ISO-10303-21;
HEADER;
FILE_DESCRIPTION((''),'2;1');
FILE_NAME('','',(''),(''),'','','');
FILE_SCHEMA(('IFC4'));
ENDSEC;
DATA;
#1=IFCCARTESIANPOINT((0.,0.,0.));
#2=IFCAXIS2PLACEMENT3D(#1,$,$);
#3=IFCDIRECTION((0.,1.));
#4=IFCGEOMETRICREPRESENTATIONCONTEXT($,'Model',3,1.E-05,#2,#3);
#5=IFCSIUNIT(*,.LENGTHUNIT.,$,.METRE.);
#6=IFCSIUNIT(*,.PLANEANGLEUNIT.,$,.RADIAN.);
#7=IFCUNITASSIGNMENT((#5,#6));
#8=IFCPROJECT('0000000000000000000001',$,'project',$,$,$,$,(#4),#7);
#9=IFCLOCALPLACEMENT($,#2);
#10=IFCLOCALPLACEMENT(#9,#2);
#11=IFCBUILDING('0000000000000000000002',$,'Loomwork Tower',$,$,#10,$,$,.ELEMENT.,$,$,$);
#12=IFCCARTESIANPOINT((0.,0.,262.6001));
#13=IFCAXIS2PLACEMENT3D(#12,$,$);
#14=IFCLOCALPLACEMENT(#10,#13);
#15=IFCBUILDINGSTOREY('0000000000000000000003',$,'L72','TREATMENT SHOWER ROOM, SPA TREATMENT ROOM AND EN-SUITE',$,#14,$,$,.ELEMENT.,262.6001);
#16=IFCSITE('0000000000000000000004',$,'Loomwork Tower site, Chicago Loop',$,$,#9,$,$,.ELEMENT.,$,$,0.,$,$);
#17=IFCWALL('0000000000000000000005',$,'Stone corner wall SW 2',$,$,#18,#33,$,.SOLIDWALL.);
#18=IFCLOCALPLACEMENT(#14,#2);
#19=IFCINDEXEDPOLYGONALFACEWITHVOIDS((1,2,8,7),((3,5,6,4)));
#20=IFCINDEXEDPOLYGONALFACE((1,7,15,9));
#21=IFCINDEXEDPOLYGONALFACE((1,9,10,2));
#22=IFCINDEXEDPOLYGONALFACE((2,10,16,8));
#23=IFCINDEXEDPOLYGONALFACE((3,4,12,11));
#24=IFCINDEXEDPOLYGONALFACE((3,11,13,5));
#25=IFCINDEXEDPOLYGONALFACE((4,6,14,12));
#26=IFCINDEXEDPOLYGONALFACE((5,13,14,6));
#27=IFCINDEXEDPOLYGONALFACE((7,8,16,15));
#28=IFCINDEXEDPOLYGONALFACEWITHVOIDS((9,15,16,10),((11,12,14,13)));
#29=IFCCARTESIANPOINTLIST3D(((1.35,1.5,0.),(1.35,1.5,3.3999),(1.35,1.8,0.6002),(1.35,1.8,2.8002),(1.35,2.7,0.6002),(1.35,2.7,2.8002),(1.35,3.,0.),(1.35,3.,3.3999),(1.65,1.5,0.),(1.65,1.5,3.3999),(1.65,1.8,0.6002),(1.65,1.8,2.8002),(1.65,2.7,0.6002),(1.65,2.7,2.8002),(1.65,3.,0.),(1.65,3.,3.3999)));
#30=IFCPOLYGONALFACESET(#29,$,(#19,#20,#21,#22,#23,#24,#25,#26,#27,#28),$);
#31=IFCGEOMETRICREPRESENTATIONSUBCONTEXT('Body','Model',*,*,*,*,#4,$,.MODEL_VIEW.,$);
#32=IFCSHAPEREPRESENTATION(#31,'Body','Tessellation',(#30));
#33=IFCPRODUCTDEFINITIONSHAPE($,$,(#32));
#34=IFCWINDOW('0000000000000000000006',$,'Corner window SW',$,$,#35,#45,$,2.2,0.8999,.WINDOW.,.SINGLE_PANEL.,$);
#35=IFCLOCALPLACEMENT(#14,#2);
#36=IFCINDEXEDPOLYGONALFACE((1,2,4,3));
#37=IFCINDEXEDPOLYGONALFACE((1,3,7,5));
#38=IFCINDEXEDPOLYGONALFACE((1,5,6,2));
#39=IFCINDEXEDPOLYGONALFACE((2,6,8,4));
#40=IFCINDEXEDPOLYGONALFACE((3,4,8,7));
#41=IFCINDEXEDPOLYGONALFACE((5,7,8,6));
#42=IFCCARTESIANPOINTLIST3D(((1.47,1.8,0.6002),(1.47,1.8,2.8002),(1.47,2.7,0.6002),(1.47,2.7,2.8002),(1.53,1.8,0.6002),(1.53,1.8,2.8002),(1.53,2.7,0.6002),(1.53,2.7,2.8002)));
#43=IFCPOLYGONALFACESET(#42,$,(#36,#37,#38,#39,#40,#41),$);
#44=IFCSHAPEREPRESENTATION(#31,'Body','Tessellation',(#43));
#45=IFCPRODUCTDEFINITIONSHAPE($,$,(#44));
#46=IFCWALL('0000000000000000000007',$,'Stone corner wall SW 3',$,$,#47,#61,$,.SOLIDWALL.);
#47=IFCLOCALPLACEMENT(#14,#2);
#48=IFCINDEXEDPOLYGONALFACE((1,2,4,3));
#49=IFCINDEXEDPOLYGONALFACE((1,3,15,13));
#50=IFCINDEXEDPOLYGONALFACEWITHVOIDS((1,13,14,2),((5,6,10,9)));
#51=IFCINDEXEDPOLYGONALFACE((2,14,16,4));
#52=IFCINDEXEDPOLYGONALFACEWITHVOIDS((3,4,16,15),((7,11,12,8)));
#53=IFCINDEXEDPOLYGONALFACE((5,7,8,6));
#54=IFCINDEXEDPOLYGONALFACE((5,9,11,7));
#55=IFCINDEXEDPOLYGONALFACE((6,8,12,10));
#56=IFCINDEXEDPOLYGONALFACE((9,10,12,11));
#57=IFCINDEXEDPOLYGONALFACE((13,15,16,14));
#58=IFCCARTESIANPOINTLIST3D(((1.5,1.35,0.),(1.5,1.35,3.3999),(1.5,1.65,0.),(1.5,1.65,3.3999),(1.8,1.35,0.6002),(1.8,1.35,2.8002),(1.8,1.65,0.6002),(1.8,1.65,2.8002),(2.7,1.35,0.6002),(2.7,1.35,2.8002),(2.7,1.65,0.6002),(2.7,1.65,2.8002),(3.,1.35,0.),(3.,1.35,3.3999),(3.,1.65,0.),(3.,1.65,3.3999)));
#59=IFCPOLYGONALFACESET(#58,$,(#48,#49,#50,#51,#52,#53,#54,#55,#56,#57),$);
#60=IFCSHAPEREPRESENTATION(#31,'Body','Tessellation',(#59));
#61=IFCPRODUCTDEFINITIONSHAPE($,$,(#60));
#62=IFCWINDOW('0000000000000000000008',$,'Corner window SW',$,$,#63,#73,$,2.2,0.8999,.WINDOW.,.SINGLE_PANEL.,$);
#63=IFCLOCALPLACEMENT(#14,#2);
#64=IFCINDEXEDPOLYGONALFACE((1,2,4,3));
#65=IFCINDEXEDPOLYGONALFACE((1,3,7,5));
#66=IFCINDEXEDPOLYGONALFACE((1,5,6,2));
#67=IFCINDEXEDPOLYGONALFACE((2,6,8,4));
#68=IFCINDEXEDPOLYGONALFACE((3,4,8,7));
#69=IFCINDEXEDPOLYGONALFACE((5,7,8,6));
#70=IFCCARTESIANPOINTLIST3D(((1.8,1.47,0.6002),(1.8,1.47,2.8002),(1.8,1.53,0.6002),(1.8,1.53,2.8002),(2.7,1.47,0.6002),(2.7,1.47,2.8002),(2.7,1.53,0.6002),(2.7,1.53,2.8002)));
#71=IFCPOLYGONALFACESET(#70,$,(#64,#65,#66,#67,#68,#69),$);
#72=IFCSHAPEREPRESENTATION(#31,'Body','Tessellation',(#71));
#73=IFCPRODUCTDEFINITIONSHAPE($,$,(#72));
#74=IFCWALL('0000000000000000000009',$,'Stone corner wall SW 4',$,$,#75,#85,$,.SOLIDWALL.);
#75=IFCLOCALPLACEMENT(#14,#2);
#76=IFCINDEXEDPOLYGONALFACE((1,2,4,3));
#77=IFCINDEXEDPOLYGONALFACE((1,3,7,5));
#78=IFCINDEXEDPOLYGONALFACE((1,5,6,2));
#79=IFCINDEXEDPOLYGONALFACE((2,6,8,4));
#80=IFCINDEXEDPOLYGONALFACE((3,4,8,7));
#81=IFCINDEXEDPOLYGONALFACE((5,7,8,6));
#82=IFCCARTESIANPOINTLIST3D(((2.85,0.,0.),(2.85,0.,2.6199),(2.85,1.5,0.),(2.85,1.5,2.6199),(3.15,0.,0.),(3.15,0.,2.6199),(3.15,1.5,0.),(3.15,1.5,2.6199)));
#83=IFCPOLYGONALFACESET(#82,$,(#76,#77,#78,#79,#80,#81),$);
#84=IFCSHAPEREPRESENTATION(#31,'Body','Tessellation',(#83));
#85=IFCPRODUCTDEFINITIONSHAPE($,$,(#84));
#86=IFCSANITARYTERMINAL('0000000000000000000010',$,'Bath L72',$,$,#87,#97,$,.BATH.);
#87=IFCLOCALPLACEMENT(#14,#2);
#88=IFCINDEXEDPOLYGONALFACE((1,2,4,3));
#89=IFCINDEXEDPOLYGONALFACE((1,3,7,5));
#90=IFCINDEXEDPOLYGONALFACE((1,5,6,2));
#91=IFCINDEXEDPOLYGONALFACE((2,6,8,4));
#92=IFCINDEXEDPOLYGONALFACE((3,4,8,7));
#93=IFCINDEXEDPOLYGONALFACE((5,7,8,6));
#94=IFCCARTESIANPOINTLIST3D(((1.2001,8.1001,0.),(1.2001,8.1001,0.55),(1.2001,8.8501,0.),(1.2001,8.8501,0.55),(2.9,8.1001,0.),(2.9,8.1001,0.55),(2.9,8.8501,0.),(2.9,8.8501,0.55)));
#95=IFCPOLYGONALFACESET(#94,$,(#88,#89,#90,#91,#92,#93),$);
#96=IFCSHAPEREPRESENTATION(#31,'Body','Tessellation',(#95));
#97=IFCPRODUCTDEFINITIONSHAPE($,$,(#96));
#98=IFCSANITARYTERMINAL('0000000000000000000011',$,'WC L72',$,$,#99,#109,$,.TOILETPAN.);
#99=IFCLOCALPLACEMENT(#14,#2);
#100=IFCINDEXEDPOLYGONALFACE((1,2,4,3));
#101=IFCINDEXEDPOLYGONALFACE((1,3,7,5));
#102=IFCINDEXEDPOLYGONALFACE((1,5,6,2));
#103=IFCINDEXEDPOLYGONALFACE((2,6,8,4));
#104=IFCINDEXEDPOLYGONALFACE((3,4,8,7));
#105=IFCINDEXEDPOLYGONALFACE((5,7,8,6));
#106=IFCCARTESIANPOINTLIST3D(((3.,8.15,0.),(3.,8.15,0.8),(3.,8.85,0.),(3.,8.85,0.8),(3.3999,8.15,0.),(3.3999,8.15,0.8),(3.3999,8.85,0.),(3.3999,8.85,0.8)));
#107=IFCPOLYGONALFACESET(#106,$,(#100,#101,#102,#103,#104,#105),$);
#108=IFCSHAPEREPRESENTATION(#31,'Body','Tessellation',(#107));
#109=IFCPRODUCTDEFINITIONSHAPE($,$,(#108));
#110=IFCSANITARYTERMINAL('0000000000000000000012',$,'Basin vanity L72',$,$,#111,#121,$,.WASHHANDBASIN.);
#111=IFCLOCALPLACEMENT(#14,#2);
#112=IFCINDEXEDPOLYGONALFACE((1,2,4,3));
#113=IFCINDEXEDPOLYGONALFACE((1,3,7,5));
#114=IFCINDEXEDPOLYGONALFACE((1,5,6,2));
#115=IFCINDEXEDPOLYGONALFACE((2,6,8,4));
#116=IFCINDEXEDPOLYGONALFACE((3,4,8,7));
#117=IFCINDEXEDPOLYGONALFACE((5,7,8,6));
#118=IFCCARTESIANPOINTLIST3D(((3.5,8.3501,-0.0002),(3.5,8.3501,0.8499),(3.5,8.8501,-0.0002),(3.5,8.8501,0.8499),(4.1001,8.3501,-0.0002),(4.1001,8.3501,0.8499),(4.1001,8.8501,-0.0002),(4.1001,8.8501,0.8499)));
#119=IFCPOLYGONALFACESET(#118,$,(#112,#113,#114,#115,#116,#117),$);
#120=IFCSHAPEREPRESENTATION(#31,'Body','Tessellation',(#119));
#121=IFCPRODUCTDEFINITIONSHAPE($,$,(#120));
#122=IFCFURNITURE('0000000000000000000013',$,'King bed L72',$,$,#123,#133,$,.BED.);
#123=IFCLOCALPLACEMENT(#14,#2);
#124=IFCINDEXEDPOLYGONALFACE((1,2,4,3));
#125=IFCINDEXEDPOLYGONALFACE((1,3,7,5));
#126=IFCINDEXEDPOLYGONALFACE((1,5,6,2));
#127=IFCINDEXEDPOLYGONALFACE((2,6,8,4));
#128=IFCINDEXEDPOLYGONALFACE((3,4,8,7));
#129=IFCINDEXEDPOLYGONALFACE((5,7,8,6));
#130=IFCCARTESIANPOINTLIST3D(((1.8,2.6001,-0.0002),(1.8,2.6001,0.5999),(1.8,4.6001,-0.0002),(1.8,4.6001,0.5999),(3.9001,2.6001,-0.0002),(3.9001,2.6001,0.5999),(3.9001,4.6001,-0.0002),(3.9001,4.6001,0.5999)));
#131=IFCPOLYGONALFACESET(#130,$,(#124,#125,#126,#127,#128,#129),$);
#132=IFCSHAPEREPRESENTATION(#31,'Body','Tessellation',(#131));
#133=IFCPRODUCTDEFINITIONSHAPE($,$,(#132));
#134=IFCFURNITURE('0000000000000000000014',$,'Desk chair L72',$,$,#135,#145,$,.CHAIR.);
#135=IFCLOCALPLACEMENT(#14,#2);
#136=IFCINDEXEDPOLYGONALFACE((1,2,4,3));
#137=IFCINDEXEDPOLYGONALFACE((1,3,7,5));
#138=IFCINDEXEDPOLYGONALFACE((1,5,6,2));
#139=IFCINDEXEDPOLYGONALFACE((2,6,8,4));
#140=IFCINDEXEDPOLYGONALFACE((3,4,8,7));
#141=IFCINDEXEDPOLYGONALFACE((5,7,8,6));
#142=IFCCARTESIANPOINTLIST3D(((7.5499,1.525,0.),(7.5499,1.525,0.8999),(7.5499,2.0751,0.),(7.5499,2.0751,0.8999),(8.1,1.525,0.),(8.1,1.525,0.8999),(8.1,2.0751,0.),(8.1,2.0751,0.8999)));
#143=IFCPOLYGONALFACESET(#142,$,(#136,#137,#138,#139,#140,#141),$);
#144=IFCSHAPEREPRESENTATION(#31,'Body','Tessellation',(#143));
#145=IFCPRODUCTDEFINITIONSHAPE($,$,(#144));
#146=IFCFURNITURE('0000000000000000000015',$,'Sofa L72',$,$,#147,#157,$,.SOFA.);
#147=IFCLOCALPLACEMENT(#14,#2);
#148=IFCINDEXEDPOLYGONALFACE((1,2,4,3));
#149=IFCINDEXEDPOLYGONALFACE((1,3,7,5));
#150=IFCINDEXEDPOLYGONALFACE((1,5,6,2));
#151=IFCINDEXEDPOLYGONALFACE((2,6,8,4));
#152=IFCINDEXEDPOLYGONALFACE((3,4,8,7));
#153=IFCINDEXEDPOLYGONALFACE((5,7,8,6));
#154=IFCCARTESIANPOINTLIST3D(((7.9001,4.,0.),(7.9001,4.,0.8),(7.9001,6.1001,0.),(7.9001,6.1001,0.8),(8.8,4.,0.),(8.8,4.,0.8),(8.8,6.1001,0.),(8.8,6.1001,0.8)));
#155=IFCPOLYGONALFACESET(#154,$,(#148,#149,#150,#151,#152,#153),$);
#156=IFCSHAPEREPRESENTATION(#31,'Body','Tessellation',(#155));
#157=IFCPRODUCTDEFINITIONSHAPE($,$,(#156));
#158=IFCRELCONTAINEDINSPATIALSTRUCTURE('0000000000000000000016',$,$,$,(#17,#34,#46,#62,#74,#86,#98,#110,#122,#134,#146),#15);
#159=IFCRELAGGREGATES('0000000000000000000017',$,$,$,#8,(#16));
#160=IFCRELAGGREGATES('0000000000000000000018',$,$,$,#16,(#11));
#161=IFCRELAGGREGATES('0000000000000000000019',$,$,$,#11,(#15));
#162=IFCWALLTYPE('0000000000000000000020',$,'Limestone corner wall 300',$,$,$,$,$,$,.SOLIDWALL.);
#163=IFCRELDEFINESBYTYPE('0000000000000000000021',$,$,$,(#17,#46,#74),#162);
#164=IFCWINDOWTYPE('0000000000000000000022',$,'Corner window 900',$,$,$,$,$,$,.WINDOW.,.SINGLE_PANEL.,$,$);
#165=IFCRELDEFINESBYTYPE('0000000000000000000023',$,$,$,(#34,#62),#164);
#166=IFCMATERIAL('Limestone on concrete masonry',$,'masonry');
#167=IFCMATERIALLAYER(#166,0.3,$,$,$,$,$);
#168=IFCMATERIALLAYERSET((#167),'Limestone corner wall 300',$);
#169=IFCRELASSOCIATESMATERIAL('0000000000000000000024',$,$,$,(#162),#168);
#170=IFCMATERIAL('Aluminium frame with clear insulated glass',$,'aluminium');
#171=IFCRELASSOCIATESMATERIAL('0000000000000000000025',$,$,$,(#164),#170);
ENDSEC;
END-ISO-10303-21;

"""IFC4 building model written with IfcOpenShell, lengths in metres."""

from ifc_helpers import new_model, si_unit, direction, frame, frame_2d, origin, origin_2d, place, context, subcontext, project, spatial, rectangle, extrude, material, layer, layer_set, type_object, element, fill, save


model = new_model("IFC4")

# Units and contexts
model_context = context("Model", 3, precision=1e-05, world=origin(), true_north=direction((0.0, 1.0)))
body_context = subcontext(model_context, "Body", "Model", "MODEL_VIEW")
ifc_project = project(units=[si_unit("LENGTHUNIT", "METRE"), si_unit("PLANEANGLEUNIT", "RADIAN")], contexts=[model_context])

# Site, building, storey
site_placement = place(None, origin())
site = spatial("IfcSite", under=ifc_project, at=site_placement, Name="Loomwork Tower site, Chicago Loop", CompositionType="ELEMENT", RefElevation=0.0)
building_placement = place(site_placement, origin())
building = spatial("IfcBuilding", under=site, at=building_placement, Name="Loomwork Tower", CompositionType="ELEMENT")
storey_placement = place(building_placement, frame((0.0, 0.0, 262.6001)))
storey = spatial("IfcBuildingStorey", under=building, at=storey_placement, Name="L72", Description="TREATMENT SHOWER ROOM, SPA TREATMENT ROOM AND EN-SUITE", CompositionType="ELEMENT", Elevation=262.6001)

# Walls, openings, windows
ifc_material_1 = material(Name="Limestone on concrete masonry", Category="masonry")
ifc_layer_1 = layer(ifc_material_1, 0.3)
ifc_layer_set_1 = layer_set([ifc_layer_1], Name="Limestone corner wall 300")
wall_type_1 = type_object("IfcWallType", Name="Limestone corner wall 300", PredefinedType="SOLIDWALL", material=ifc_layer_set_1)
wall_1_placement = place(storey_placement, frame((1.5, 3.0, 0.0), z_axis=(0.0, 0.0, 1.0), x_axis=(0.0, -1.0, 0.0)))
wall_1 = element("IfcWall", 1, at=wall_1_placement, inside=storey, type_object=wall_type_1, Name="Stone corner wall SW 2", PredefinedType="SOLIDWALL", context=body_context, shape_type="SweptSolid", body=[
    extrude(rectangle(XDim=1.5, YDim=0.3, at=frame_2d((0.75, 0.0))), origin(), (0.0, 0.0, 1.0), 3.3999),
])
opening_1_placement = place(wall_1_placement, frame((0.3, 0.0, 0.6001)))
opening_1 = element("IfcOpeningElement", 2, at=opening_1_placement, cuts=wall_1, PredefinedType="OPENING", context=body_context, shape_type="SweptSolid", body=[
    extrude(rectangle(XDim=0.8999, YDim=2.2, at=frame_2d((0.45, 1.1001))), frame((0.0, 0.1599, 0.0), z_axis=(0.0, -1.0, 0.0), x_axis=(1.0, 0.0, 0.0)), (0.0, 0.0, 1.0), 0.3201),
])
ifc_material_2 = material(Name="Aluminium frame with clear insulated glass", Category="aluminium")
window_type_1 = type_object("IfcWindowType", Name="Corner window 900", PartitioningType="SINGLE_PANEL", PredefinedType="WINDOW", material=ifc_material_2)
window_1_placement = place(opening_1_placement, origin())
window_1 = element("IfcWindow", 3, at=window_1_placement, inside=storey, type_object=window_type_1, Name="Corner window SW", OverallHeight=2.2, OverallWidth=0.8999, PartitioningType="SINGLE_PANEL", PredefinedType="WINDOW", context=body_context, shape_type="SweptSolid", body=[
    extrude(rectangle(XDim=0.8999, YDim=2.2, at=frame_2d((0.45, 1.1001))), frame((0.0, 0.03, 0.0), z_axis=(0.0, -1.0, 0.0), x_axis=(1.0, 0.0, 0.0)), (0.0, 0.0, 1.0), 0.0601),
])
fill(opening_1, window_1)
wall_2_placement = place(storey_placement, frame((1.5, 1.5, 0.0), z_axis=(0.0, 0.0, 1.0), x_axis=(1.0, 0.0, 0.0)))
wall_2 = element("IfcWall", 4, at=wall_2_placement, inside=storey, type_object=wall_type_1, Name="Stone corner wall SW 3", PredefinedType="SOLIDWALL", context=body_context, shape_type="SweptSolid", body=[
    extrude(rectangle(XDim=1.5, YDim=0.3, at=frame_2d((0.75, 0.0))), origin(), (0.0, 0.0, 1.0), 3.3999),
])
opening_2_placement = place(wall_2_placement, frame((0.3, 0.0, 0.6001)))
opening_2 = element("IfcOpeningElement", 5, at=opening_2_placement, cuts=wall_2, PredefinedType="OPENING", context=body_context, shape_type="SweptSolid", body=[
    extrude(rectangle(XDim=0.8999, YDim=2.2, at=frame_2d((0.45, 1.1001))), frame((0.0, 0.1599, 0.0), z_axis=(0.0, -1.0, 0.0), x_axis=(1.0, 0.0, 0.0)), (0.0, 0.0, 1.0), 0.3201),
])
window_2_placement = place(opening_2_placement, origin())
window_2 = element("IfcWindow", 6, at=window_2_placement, inside=storey, type_object=window_type_1, Name="Corner window SW", OverallHeight=2.2, OverallWidth=0.8999, PartitioningType="SINGLE_PANEL", PredefinedType="WINDOW", context=body_context, shape_type="SweptSolid", body=[
    extrude(rectangle(XDim=0.8999, YDim=2.2, at=frame_2d((0.45, 1.1001))), frame((0.0, 0.03, 0.0), z_axis=(0.0, -1.0, 0.0), x_axis=(1.0, 0.0, 0.0)), (0.0, 0.0, 1.0), 0.0601),
])
fill(opening_2, window_2)

# Wall
wall_3_placement = place(storey_placement, frame((3.0, 1.5, 0.0), z_axis=(0.0, 0.0, 1.0), x_axis=(0.0, -1.0, 0.0)))
element("IfcWall", 7, at=wall_3_placement, inside=storey, type_object=wall_type_1, Name="Stone corner wall SW 4", PredefinedType="SOLIDWALL", context=body_context, shape_type="SweptSolid", body=[
    extrude(rectangle(XDim=1.5, YDim=0.3, at=frame_2d((0.75, 0.0))), origin(), (0.0, 0.0, 1.0), 2.6199),
])

# Sanitary terminals
sanitary_terminal_1_placement = place(storey_placement, frame((2.05, 8.4751, 0.0), z_axis=(0.0, 0.0, 1.0), x_axis=(1.0, 0.0, 0.0)))
element("IfcSanitaryTerminal", 8, at=sanitary_terminal_1_placement, inside=storey, Name="Bath L72", PredefinedType="BATH", context=body_context, shape_type="SweptSolid", body=[
    extrude(rectangle(XDim=1.7, YDim=0.75, at=origin_2d()), origin(), (0.0, 0.0, 1.0), 0.55),
])
sanitary_terminal_2_placement = place(storey_placement, frame((3.2, 8.5, 0.0), z_axis=(0.0, 0.0, 1.0), x_axis=(1.0, 0.0, 0.0)))
element("IfcSanitaryTerminal", 9, at=sanitary_terminal_2_placement, inside=storey, Name="WC L72", PredefinedType="TOILETPAN", context=body_context, shape_type="SweptSolid", body=[
    extrude(rectangle(XDim=0.3999, YDim=0.7, at=origin_2d()), origin(), (0.0, 0.0, 1.0), 0.8),
])
sanitary_terminal_3_placement = place(storey_placement, frame((3.8, 8.6001, -0.0002), z_axis=(0.0, 0.0, 1.0), x_axis=(1.0, 0.0, 0.0)))
element("IfcSanitaryTerminal", 10, at=sanitary_terminal_3_placement, inside=storey, Name="Basin vanity L72", PredefinedType="WASHHANDBASIN", context=body_context, shape_type="SweptSolid", body=[
    extrude(rectangle(XDim=0.6001, YDim=0.5, at=origin_2d()), origin(), (0.0, 0.0, 1.0), 0.8501),
])

# Furniture
furniture_1_placement = place(storey_placement, frame((2.8501, 3.6001, -0.0002), z_axis=(0.0, 0.0, 1.0), x_axis=(1.0, 0.0, 0.0)))
element("IfcFurniture", 11, at=furniture_1_placement, inside=storey, Name="King bed L72", PredefinedType="BED", context=body_context, shape_type="SweptSolid", body=[
    extrude(rectangle(XDim=2.1001, YDim=2.0, at=origin_2d()), origin(), (0.0, 0.0, 1.0), 0.6001),
])
furniture_2_placement = place(storey_placement, frame((7.825, 1.8, 0.0), z_axis=(0.0, 0.0, 1.0), x_axis=(1.0, 0.0, 0.0)))
element("IfcFurniture", 12, at=furniture_2_placement, inside=storey, Name="Desk chair L72", PredefinedType="CHAIR", context=body_context, shape_type="SweptSolid", body=[
    extrude(rectangle(XDim=0.55, YDim=0.55, at=origin_2d()), origin(), (0.0, 0.0, 1.0), 0.8999),
])
furniture_3_placement = place(storey_placement, frame((8.3501, 5.05, 0.0), z_axis=(0.0, 0.0, 1.0), x_axis=(1.0, 0.0, 0.0)))
element("IfcFurniture", 13, at=furniture_3_placement, inside=storey, Name="Sofa L72", PredefinedType="SOFA", context=body_context, shape_type="SweptSolid", body=[
    extrude(rectangle(XDim=0.8999, YDim=2.1001, at=origin_2d()), origin(), (0.0, 0.0, 1.0), 0.8),
])

save(model, "model.ifc")
